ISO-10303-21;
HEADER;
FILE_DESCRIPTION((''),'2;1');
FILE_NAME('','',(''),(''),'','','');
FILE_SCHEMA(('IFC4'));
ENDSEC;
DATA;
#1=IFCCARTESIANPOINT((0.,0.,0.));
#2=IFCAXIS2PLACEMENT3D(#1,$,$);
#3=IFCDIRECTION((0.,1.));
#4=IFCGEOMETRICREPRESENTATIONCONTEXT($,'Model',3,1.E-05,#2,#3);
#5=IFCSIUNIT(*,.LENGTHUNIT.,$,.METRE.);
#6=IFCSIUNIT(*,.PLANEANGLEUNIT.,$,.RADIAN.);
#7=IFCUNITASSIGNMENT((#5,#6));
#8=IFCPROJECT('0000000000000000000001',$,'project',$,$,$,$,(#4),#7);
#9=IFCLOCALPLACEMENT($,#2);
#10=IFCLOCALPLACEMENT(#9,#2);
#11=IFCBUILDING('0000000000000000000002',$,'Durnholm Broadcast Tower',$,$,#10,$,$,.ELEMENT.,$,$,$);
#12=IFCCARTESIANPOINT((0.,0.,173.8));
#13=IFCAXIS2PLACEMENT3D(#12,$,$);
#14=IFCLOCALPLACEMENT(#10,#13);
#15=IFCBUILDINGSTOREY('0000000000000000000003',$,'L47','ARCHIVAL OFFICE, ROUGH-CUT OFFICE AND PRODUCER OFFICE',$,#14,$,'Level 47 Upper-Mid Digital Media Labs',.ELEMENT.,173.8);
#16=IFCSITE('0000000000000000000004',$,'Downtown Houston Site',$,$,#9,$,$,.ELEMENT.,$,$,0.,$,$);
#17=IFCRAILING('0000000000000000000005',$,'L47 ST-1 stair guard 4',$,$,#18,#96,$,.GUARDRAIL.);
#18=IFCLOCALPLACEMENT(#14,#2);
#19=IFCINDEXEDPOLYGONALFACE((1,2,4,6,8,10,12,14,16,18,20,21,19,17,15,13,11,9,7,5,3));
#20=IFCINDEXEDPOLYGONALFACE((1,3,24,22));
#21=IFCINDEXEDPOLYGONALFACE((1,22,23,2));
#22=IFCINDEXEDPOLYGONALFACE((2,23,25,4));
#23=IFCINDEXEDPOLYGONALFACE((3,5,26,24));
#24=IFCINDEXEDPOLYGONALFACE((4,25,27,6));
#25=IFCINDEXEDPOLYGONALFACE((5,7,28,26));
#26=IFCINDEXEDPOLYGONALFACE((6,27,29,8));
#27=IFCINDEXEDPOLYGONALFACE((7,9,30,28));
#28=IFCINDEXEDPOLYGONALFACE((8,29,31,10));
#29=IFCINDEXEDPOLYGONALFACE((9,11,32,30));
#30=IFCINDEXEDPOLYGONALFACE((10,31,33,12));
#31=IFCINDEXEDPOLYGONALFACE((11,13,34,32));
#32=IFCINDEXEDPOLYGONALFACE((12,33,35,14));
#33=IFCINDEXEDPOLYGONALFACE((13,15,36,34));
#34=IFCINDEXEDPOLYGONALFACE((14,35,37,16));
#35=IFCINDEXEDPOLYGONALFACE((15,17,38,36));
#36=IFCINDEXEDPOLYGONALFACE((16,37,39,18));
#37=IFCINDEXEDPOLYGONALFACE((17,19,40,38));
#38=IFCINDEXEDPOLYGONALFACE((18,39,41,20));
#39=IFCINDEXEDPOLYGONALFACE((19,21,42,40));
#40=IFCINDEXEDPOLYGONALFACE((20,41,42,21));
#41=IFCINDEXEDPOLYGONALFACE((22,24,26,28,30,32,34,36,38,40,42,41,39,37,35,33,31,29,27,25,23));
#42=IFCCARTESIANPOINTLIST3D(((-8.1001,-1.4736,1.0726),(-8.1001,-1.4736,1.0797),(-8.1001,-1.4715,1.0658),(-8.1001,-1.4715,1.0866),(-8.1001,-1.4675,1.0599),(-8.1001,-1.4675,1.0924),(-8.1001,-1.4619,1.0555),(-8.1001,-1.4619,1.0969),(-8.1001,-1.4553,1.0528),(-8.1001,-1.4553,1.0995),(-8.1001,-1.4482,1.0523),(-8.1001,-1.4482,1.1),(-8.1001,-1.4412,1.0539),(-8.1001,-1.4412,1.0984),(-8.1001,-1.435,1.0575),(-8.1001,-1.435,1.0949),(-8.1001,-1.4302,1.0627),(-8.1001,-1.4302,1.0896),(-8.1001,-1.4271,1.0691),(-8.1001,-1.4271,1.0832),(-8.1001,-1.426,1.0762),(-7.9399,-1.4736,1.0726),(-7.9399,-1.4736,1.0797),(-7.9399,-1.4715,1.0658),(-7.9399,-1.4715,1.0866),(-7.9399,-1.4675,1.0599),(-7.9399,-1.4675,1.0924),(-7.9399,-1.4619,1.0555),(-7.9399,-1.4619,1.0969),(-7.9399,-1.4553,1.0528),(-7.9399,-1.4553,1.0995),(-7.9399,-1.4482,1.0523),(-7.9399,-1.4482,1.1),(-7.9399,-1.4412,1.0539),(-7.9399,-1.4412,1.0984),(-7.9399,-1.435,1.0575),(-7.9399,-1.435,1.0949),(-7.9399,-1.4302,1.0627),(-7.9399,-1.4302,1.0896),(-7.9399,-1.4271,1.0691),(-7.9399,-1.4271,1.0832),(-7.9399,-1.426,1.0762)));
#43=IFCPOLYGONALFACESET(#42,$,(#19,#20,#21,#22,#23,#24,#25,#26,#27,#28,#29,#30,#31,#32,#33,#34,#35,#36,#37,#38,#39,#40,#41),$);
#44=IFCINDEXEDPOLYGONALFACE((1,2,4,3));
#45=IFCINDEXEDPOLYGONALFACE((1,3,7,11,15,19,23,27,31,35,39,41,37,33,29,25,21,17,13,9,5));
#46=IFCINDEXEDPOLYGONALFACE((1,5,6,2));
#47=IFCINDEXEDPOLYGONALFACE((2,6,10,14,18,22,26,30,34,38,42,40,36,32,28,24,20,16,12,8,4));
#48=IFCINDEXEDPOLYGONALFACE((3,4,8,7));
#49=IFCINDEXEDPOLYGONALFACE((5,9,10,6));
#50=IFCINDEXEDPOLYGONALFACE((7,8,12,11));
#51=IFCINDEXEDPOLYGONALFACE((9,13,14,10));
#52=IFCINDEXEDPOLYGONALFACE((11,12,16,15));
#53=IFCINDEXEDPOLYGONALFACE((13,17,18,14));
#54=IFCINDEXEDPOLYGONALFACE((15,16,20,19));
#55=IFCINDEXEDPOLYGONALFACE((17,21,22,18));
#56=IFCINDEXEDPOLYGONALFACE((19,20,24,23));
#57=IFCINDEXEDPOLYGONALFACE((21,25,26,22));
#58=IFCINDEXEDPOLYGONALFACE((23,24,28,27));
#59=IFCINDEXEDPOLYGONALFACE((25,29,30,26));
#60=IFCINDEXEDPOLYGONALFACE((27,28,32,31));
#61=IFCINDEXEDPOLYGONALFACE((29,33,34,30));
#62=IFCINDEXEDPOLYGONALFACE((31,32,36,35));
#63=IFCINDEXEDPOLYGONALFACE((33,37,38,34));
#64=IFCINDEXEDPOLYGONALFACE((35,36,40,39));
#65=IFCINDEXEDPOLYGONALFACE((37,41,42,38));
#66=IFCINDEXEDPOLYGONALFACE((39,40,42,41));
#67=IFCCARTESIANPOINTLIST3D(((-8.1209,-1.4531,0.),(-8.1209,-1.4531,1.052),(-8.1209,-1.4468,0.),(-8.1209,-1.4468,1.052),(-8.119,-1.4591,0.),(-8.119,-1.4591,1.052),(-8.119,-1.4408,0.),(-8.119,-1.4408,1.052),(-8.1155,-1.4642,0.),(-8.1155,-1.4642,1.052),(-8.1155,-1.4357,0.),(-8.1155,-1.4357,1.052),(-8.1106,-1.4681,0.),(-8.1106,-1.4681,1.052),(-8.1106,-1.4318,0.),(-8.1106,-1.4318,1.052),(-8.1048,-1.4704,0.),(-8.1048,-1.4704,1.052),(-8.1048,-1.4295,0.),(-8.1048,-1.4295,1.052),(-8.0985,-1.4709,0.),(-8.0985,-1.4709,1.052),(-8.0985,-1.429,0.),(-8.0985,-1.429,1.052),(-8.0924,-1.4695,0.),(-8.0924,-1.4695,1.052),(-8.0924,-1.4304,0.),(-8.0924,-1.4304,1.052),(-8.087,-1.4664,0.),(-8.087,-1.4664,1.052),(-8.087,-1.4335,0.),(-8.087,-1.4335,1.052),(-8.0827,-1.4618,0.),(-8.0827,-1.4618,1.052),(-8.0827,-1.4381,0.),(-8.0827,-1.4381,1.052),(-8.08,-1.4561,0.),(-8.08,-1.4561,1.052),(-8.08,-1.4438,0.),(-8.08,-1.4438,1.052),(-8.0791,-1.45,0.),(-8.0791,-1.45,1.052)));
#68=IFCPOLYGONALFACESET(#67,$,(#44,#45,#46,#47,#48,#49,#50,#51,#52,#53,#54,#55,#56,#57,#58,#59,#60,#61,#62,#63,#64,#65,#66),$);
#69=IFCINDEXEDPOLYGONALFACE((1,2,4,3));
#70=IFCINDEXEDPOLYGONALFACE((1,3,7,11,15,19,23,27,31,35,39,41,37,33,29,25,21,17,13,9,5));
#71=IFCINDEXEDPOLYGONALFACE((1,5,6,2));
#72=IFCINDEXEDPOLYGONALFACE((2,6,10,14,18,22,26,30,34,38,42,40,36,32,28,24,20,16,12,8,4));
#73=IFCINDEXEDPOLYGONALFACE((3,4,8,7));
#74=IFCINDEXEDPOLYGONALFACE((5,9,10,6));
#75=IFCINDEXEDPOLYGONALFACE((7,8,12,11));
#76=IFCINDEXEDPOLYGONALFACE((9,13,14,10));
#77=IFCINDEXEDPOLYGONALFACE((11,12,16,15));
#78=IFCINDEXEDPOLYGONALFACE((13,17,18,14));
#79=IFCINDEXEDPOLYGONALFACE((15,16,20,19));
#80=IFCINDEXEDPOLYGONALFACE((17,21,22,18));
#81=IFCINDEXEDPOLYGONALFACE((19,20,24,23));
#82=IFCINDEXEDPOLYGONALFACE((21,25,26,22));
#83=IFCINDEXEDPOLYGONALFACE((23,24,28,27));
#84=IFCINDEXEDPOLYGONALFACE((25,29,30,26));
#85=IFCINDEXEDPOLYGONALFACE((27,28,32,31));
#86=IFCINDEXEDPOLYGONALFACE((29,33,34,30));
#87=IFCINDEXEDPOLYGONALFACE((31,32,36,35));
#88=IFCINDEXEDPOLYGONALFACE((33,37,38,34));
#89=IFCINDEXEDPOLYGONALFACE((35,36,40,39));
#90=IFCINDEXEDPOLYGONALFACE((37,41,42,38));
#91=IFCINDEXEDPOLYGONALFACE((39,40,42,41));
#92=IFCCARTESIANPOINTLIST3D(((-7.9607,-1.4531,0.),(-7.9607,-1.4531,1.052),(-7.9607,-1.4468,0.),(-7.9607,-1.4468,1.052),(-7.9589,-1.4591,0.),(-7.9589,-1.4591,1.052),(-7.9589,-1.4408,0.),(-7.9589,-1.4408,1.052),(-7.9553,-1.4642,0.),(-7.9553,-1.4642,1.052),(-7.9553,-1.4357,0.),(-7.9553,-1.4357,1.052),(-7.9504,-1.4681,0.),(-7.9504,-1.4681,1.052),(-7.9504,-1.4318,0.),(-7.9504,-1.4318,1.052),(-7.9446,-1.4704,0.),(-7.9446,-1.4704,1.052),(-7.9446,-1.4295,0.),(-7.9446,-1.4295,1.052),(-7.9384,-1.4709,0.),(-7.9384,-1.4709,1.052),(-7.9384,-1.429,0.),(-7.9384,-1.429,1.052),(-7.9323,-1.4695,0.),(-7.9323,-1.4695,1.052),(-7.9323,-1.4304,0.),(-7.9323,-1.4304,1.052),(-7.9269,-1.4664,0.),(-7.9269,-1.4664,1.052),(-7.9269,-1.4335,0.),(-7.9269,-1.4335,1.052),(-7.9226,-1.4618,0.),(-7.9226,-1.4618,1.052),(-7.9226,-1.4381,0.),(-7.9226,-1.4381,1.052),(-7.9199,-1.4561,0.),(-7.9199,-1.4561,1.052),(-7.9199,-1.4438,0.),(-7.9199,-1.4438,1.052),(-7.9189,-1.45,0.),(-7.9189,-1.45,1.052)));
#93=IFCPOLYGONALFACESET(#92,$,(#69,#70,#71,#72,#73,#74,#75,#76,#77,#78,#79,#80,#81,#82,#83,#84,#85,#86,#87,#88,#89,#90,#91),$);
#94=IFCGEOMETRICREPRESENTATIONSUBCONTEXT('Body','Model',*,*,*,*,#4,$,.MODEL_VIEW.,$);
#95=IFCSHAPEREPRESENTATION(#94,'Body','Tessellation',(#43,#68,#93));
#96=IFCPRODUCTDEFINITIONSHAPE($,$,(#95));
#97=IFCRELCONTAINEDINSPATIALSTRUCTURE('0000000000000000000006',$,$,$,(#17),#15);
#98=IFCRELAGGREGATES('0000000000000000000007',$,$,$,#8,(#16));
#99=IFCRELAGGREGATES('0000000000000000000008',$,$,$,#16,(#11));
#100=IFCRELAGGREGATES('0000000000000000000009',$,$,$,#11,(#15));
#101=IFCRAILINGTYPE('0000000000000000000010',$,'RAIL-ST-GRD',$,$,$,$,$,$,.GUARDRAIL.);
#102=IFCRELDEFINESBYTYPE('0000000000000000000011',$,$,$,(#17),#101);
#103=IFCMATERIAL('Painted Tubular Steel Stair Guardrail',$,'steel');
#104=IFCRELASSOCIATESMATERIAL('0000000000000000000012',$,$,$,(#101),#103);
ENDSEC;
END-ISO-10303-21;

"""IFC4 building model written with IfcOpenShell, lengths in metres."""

from ifc_helpers import new_model, si_unit, direction, frame, origin, origin_2d, place, context, subcontext, project, spatial, circle, extrude, material, type_object, element, save


model = new_model("IFC4")

# Units and contexts
model_context = context("Model", 3, precision=1e-05, world=origin(), true_north=direction((0.0, 1.0)))
body_context = subcontext(model_context, "Body", "Model", "MODEL_VIEW")
ifc_project = project(units=[si_unit("LENGTHUNIT", "METRE"), si_unit("PLANEANGLEUNIT", "RADIAN")], contexts=[model_context])

# Site, building, storey
site_placement = place(None, origin())
site = spatial("IfcSite", under=ifc_project, at=site_placement, Name="Downtown Houston Site", CompositionType="ELEMENT", RefElevation=0.0)
building_placement = place(site_placement, origin())
building = spatial("IfcBuilding", under=site, at=building_placement, Name="Durnholm Broadcast Tower", CompositionType="ELEMENT")
storey_placement = place(building_placement, frame((0.0, 0.0, 173.8)))
storey = spatial("IfcBuildingStorey", under=building, at=storey_placement, Name="L47", Description="ARCHIVAL OFFICE, ROUGH-CUT OFFICE AND PRODUCER OFFICE", LongName="Level 47 Upper-Mid Digital Media Labs", CompositionType="ELEMENT", Elevation=173.8)

# Railing
ifc_material_1 = material(Name="Painted Tubular Steel Stair Guardrail", Category="steel")
railing_type_1 = type_object("IfcRailingType", Name="RAIL-ST-GRD", PredefinedType="GUARDRAIL", material=ifc_material_1)
railing_1_placement = place(storey_placement, frame((-8.1001, -1.45, 0.0)))
element("IfcRailing", 1, at=railing_1_placement, inside=storey, type_object=railing_type_1, Name="L47 ST-1 stair guard 4", PredefinedType="GUARDRAIL", context=body_context, shape_type="SweptSolid", body=[
    extrude(circle(Radius=0.0239, at=origin_2d()), frame((0.0, 0.0, 1.0762), z_axis=(1.0, 0.0, 0.0), x_axis=(0.0, 1.0, 0.0)), (0.0, 0.0, 1.0), 0.1602),
    extrude(circle(Radius=0.021, at=origin_2d()), origin(), (0.0, 0.0, 1.0), 1.052),
    extrude(circle(Radius=0.021, at=origin_2d()), frame((0.1602, 0.0, 0.0)), (0.0, 0.0, 1.0), 1.052),
])

save(model, "model.ifc")
